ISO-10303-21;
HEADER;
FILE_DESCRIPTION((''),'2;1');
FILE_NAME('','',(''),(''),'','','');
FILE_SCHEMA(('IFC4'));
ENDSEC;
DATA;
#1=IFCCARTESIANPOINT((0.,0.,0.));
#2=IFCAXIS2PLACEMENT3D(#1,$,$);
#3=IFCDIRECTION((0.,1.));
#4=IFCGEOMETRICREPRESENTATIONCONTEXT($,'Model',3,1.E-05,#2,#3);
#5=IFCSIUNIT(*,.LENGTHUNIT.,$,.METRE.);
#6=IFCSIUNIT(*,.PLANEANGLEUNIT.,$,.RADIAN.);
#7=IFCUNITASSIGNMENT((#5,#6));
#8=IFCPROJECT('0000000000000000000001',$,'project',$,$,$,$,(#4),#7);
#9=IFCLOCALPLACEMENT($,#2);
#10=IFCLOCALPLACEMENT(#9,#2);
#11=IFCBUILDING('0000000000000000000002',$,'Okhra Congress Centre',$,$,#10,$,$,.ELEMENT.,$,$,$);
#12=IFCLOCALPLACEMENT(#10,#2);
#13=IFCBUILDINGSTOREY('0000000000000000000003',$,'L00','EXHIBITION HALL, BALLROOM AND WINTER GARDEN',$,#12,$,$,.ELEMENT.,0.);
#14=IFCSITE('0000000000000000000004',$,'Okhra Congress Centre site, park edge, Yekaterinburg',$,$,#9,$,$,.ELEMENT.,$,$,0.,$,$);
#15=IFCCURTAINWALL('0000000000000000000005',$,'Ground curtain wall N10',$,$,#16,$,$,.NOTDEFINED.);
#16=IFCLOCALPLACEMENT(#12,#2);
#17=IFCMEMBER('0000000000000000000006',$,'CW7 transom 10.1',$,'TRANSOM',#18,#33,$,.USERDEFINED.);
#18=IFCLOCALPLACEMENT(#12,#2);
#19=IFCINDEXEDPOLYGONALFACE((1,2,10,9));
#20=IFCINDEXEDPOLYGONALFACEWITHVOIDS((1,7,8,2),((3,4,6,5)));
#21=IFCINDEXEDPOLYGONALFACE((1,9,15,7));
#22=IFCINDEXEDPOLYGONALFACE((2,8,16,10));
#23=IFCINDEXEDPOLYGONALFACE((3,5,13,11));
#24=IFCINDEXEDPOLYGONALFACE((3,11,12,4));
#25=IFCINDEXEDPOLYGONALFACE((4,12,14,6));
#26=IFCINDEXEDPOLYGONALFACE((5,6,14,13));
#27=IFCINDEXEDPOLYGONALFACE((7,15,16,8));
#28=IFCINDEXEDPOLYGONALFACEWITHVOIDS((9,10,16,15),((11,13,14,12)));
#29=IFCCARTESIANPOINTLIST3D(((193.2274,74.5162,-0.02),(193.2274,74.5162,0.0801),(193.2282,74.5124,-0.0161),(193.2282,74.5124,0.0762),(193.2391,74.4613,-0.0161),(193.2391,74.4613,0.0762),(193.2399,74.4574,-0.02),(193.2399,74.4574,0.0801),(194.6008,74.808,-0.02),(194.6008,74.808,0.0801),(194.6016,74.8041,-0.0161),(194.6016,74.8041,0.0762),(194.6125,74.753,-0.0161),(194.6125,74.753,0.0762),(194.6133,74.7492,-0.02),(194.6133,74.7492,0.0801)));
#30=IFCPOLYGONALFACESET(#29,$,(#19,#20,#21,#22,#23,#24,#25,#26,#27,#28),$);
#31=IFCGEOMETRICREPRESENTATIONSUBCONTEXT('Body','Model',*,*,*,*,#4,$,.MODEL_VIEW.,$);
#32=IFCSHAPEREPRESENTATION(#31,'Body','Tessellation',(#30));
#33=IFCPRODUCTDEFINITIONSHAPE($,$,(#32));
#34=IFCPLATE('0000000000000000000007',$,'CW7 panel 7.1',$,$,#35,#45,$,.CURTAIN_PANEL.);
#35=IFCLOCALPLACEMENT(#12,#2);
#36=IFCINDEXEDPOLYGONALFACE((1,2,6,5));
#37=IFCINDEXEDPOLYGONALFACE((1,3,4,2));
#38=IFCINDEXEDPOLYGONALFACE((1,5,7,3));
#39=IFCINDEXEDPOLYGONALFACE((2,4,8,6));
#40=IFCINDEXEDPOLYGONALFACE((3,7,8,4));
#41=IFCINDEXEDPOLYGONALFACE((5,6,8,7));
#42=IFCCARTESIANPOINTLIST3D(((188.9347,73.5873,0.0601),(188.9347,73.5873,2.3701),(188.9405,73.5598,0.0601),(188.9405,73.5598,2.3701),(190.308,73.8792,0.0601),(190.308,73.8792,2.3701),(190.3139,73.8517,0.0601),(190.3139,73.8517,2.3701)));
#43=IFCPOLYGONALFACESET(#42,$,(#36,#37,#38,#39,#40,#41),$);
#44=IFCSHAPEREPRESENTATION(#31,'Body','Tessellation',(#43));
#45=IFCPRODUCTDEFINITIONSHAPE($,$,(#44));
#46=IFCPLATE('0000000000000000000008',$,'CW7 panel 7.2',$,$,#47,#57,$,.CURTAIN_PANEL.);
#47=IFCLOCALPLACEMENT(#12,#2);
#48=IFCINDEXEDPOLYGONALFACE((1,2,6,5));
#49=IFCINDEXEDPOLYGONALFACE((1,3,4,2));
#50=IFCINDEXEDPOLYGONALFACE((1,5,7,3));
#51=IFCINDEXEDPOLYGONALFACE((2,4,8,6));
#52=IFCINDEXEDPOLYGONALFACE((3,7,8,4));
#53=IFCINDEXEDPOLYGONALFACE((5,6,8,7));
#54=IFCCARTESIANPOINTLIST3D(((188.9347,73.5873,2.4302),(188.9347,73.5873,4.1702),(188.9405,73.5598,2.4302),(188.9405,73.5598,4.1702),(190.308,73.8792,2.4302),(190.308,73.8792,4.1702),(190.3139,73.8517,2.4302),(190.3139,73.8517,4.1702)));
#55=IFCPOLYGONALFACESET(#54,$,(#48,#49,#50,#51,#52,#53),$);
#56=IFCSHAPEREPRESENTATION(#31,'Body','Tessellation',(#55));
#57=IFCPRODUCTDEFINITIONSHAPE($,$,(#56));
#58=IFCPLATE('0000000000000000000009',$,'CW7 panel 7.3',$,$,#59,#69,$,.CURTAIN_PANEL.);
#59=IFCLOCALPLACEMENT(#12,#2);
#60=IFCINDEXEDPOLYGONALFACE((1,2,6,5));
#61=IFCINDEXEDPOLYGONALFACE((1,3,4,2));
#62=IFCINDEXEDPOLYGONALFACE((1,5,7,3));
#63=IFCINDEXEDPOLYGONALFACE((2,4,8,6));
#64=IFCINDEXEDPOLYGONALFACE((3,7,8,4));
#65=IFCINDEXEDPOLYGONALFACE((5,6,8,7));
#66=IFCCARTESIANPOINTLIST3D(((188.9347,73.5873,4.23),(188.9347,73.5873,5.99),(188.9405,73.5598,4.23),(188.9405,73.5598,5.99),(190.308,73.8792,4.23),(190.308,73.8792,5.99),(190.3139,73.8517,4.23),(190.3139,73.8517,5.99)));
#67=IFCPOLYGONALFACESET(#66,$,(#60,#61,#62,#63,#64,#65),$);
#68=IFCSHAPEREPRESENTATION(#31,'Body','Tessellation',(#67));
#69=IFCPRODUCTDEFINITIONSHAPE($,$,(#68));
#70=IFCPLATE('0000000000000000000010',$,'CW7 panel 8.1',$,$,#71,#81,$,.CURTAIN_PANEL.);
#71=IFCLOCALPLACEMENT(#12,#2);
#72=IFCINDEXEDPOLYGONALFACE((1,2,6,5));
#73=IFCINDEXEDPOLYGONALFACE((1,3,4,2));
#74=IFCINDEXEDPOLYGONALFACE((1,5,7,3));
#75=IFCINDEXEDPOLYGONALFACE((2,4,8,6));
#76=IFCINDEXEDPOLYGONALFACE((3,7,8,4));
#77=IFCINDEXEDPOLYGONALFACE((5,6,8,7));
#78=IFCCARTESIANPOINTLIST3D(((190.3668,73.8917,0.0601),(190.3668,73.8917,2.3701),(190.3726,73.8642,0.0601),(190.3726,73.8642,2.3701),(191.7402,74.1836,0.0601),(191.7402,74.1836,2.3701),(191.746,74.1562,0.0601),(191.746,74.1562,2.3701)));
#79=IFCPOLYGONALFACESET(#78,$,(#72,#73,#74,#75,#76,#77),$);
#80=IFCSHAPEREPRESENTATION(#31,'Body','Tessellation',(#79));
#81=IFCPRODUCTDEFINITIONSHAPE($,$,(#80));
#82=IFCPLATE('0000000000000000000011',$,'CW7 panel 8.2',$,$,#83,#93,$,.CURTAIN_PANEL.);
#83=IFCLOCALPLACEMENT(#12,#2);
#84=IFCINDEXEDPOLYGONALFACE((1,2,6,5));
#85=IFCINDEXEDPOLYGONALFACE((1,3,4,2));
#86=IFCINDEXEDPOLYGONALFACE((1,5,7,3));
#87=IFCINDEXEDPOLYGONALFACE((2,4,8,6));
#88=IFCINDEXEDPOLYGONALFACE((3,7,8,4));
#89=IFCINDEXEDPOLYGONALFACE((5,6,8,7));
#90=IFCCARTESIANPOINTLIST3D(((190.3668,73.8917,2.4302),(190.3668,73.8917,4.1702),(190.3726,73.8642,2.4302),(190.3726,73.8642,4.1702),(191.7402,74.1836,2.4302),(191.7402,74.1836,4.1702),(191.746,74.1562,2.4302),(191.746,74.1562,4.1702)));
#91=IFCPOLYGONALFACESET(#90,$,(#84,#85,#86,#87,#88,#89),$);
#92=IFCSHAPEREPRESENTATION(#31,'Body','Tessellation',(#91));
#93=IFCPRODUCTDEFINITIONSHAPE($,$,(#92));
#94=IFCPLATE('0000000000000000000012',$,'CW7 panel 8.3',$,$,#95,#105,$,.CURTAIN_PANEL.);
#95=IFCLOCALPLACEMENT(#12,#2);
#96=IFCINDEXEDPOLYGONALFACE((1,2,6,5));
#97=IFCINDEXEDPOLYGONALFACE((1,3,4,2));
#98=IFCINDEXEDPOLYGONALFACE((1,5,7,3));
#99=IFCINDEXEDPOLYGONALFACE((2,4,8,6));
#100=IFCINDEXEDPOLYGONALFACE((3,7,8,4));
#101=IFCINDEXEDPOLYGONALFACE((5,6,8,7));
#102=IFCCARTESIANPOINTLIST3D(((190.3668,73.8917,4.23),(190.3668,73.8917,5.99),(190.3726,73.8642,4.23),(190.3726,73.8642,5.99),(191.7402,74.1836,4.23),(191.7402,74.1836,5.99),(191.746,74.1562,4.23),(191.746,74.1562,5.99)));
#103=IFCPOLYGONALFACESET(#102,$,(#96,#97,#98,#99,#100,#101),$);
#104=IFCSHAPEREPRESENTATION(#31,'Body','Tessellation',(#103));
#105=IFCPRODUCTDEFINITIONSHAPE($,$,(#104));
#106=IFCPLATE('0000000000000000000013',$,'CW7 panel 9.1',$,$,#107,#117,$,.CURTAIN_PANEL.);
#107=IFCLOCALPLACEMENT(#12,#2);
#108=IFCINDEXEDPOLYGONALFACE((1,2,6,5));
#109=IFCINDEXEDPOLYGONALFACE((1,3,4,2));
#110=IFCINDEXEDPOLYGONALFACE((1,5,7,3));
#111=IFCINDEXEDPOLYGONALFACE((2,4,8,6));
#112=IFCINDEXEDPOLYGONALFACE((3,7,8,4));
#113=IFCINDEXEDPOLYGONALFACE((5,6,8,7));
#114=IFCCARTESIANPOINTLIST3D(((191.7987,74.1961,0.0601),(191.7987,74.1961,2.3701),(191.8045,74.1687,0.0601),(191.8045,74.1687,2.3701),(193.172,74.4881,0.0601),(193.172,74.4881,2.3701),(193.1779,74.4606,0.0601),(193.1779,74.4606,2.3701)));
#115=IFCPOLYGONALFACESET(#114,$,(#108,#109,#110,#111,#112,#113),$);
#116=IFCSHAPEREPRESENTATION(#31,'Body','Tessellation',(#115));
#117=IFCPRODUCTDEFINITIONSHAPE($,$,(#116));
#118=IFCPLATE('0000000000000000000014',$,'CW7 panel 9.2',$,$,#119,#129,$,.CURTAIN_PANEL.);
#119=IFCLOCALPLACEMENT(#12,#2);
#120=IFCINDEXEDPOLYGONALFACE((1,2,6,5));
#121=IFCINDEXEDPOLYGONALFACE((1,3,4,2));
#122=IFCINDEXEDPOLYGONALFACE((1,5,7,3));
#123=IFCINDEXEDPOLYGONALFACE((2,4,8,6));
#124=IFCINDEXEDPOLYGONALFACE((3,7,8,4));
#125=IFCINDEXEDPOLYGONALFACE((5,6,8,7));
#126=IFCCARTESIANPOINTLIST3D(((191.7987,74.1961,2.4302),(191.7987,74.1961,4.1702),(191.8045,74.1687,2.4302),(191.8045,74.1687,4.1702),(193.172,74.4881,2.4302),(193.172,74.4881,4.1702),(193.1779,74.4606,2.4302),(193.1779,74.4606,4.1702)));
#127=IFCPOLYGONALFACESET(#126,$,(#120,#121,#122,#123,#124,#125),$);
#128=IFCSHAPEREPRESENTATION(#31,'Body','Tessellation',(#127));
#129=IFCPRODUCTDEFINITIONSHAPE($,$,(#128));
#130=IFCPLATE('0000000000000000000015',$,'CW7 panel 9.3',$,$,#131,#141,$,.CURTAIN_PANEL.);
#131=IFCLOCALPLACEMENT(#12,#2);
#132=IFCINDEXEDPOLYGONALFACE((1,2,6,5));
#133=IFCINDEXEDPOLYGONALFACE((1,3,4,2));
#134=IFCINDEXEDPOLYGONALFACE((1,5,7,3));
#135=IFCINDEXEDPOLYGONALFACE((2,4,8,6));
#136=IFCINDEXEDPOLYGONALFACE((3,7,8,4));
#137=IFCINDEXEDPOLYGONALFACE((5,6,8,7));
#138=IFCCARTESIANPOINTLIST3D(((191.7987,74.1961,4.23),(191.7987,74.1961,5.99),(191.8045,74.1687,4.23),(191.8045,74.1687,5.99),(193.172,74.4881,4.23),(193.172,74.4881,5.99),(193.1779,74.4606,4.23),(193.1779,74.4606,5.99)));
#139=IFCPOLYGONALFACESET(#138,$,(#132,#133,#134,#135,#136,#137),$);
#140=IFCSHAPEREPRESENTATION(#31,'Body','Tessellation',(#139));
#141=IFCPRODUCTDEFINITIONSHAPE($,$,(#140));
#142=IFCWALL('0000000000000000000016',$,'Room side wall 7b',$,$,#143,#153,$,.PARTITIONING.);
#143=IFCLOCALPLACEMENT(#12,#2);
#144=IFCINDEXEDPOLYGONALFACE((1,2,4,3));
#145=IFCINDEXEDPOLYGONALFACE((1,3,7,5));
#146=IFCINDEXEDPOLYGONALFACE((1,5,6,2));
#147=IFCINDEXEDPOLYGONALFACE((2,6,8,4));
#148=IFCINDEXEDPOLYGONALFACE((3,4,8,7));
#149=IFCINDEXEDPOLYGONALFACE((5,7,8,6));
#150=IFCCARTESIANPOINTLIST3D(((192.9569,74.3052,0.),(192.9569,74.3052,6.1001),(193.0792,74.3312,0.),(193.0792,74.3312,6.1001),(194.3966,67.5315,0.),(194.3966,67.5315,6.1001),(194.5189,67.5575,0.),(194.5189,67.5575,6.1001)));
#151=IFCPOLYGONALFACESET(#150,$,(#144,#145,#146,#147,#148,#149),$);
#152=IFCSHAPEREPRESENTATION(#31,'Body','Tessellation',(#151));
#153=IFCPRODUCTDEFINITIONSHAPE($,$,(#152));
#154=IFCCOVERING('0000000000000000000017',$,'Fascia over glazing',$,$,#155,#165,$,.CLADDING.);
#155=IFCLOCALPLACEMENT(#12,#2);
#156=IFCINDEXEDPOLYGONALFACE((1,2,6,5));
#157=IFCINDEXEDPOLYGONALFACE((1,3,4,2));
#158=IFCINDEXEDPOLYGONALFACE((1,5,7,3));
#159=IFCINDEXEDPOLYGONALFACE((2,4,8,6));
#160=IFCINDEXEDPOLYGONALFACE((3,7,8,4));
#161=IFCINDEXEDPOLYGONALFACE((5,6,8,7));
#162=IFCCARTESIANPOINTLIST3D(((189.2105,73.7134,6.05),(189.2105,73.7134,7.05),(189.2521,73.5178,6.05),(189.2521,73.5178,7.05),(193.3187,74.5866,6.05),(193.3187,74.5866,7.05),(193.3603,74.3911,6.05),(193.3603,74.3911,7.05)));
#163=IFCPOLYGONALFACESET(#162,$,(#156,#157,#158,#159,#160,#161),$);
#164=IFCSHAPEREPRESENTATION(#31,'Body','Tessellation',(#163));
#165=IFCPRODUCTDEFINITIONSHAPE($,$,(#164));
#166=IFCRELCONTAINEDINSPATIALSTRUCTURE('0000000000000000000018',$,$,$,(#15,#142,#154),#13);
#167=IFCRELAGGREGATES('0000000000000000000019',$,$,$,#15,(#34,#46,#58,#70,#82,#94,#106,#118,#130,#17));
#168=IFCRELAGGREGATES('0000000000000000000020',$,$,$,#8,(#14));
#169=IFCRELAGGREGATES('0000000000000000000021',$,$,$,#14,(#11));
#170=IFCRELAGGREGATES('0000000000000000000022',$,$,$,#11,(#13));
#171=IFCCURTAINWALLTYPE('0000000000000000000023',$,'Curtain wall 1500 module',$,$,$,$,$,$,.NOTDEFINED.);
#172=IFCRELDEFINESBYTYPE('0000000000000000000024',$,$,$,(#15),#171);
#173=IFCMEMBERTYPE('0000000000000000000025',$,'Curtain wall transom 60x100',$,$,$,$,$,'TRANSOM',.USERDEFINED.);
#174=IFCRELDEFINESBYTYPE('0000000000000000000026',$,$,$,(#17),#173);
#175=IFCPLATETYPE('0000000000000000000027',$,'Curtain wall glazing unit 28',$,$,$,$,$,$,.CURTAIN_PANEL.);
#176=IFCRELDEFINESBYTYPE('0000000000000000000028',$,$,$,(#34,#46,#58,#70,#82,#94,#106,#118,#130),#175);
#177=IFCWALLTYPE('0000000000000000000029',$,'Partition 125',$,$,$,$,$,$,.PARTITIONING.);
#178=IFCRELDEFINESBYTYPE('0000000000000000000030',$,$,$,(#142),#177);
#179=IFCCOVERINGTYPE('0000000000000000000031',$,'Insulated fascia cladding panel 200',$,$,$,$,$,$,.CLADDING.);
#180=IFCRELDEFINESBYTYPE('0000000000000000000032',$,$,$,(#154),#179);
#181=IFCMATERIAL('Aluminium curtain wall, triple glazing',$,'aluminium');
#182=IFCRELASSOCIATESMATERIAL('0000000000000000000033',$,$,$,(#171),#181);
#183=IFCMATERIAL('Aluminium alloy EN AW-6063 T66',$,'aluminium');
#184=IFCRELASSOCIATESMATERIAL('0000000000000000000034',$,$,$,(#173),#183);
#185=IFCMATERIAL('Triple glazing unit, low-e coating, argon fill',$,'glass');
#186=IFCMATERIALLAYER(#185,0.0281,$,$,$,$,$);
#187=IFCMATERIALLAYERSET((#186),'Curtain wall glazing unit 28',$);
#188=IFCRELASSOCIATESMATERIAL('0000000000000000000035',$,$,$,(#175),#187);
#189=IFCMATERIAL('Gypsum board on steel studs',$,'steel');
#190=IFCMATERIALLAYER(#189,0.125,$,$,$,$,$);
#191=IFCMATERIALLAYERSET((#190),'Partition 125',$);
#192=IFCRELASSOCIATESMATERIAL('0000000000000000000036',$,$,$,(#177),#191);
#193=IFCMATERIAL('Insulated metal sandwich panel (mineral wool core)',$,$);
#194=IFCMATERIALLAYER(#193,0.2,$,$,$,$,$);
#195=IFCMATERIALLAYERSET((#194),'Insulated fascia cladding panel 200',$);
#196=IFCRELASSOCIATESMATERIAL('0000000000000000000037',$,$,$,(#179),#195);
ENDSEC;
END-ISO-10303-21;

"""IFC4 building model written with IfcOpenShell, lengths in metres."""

from ifc_helpers import new_model, si_unit, direction, frame, frame_2d, origin, origin_2d, place, context, subcontext, project, spatial, rectangle, hollow_rectangle, extrude, material, layer, layer_set, material_profile, profile_set, type_object, element, aggregate, save


model = new_model("IFC4")

# Units and contexts
model_context = context("Model", 3, precision=1e-05, world=origin(), true_north=direction((0.0, 1.0)))
body_context = subcontext(model_context, "Body", "Model", "MODEL_VIEW")
ifc_project = project(units=[si_unit("LENGTHUNIT", "METRE"), si_unit("PLANEANGLEUNIT", "RADIAN")], contexts=[model_context])

# Site, building, storey
site_placement = place(None, origin())
site = spatial("IfcSite", under=ifc_project, at=site_placement, Name="Okhra Congress Centre site, park edge, Yekaterinburg", CompositionType="ELEMENT", RefElevation=0.0)
building_placement = place(site_placement, origin())
building = spatial("IfcBuilding", under=site, at=building_placement, Name="Okhra Congress Centre", CompositionType="ELEMENT")
storey_placement = place(building_placement, origin())
storey = spatial("IfcBuildingStorey", under=building, at=storey_placement, Name="L00", Description="EXHIBITION HALL, BALLROOM AND WINTER GARDEN", CompositionType="ELEMENT", Elevation=0.0)

# Curtain wall, member, plates
ifc_material_1 = material(Name="Aluminium curtain wall, triple glazing", Category="aluminium")
curtain_wall_type = type_object("IfcCurtainWallType", Name="Curtain wall 1500 module", PredefinedType="NOTDEFINED", material=ifc_material_1)
curtain_wall_placement = place(storey_placement, origin())
curtain_wall = element("IfcCurtainWall", 1, at=curtain_wall_placement, inside=storey, type_object=curtain_wall_type, Name="Ground curtain wall N10", PredefinedType="NOTDEFINED")
ifc_material_2 = material(Name="Aluminium alloy EN AW-6063 T66", Category="aluminium")
ifc_material_profile_1 = material_profile(ifc_material_2, hollow_rectangle(XDim=0.0601, YDim=0.1001, WallThickness=0.0039, at=origin_2d()), Name="RHS 60x100x4")
ifc_profile_set_1 = profile_set([ifc_material_profile_1], Name="Aluminium alloy EN AW-6063 T66")
member_type_1 = type_object("IfcMemberType", Name="Curtain wall transom 60x100", ElementType="TRANSOM", PredefinedType="USERDEFINED", material=ifc_profile_set_1)
member_1_placement = place(storey_placement, frame((193.2336, 74.4868, 0.03), z_axis=(0.97817, 0.207807, 0.0), x_axis=(-0.207807, 0.97817, 0.0)))
member_1 = element("IfcMember", 2, at=member_1_placement, type_object=member_type_1, Name="CW7 transom 10.1", ObjectType="TRANSOM", PredefinedType="USERDEFINED", context=body_context, shape_type="SweptSolid", body=[
    extrude(hollow_rectangle(XDim=0.0601, YDim=0.1001, WallThickness=0.0039, at=origin_2d()), origin(), (0.0, 0.0, 1.0), 1.4041),
])
ifc_material_3 = material(Name="Triple glazing unit, low-e coating, argon fill", Category="glass")
ifc_layer_1 = layer(ifc_material_3, 0.0281)
ifc_layer_set_1 = layer_set([ifc_layer_1], Name="Curtain wall glazing unit 28")
plate_type = type_object("IfcPlateType", Name="Curtain wall glazing unit 28", PredefinedType="CURTAIN_PANEL", material=ifc_layer_set_1)
plate_1_placement = place(storey_placement, frame((189.6243, 73.7195, 0.0601), z_axis=(0.0, 0.0, 1.0), x_axis=(0.978148, 0.207912, 0.0)))
plate_1 = element("IfcPlate", 3, at=plate_1_placement, type_object=plate_type, Name="CW7 panel 7.1", PredefinedType="CURTAIN_PANEL", context=body_context, shape_type="SweptSolid", body=[
    extrude(rectangle(XDim=1.4041, YDim=0.0281, at=origin_2d()), origin(), (0.0, 0.0, 1.0), 2.3101),
])
plate_2_placement = place(storey_placement, frame((189.6243, 73.7195, 2.4302), z_axis=(0.0, 0.0, 1.0), x_axis=(0.978148, 0.207912, 0.0)))
plate_2 = element("IfcPlate", 4, at=plate_2_placement, type_object=plate_type, Name="CW7 panel 7.2", PredefinedType="CURTAIN_PANEL", context=body_context, shape_type="SweptSolid", body=[
    extrude(rectangle(XDim=1.4041, YDim=0.0281, at=origin_2d()), origin(), (0.0, 0.0, 1.0), 1.74),
])
plate_3_placement = place(storey_placement, frame((189.6243, 73.7195, 4.23), z_axis=(0.0, 0.0, 1.0), x_axis=(0.978148, 0.207912, 0.0)))
plate_3 = element("IfcPlate", 5, at=plate_3_placement, type_object=plate_type, Name="CW7 panel 7.3", PredefinedType="CURTAIN_PANEL", context=body_context, shape_type="SweptSolid", body=[
    extrude(rectangle(XDim=1.4041, YDim=0.0281, at=origin_2d()), origin(), (0.0, 0.0, 1.0), 1.76),
])
plate_4_placement = place(storey_placement, frame((191.0564, 74.0239, 0.0601), z_axis=(0.0, 0.0, 1.0), x_axis=(0.978148, 0.207912, 0.0)))
plate_4 = element("IfcPlate", 6, at=plate_4_placement, type_object=plate_type, Name="CW7 panel 8.1", PredefinedType="CURTAIN_PANEL", context=body_context, shape_type="SweptSolid", body=[
    extrude(rectangle(XDim=1.4041, YDim=0.0281, at=origin_2d()), origin(), (0.0, 0.0, 1.0), 2.3101),
])
plate_5_placement = place(storey_placement, frame((191.0564, 74.0239, 2.4302), z_axis=(0.0, 0.0, 1.0), x_axis=(0.978148, 0.207912, 0.0)))
plate_5 = element("IfcPlate", 7, at=plate_5_placement, type_object=plate_type, Name="CW7 panel 8.2", PredefinedType="CURTAIN_PANEL", context=body_context, shape_type="SweptSolid", body=[
    extrude(rectangle(XDim=1.4041, YDim=0.0281, at=origin_2d()), origin(), (0.0, 0.0, 1.0), 1.74),
])
plate_6_placement = place(storey_placement, frame((191.0564, 74.0239, 4.23), z_axis=(0.0, 0.0, 1.0), x_axis=(0.978148, 0.207912, 0.0)))
plate_6 = element("IfcPlate", 8, at=plate_6_placement, type_object=plate_type, Name="CW7 panel 8.3", PredefinedType="CURTAIN_PANEL", context=body_context, shape_type="SweptSolid", body=[
    extrude(rectangle(XDim=1.4041, YDim=0.0281, at=origin_2d()), origin(), (0.0, 0.0, 1.0), 1.76),
])
plate_7_placement = place(storey_placement, frame((192.4883, 74.3284, 0.0601), z_axis=(0.0, 0.0, 1.0), x_axis=(0.978148, 0.207912, 0.0)))
plate_7 = element("IfcPlate", 9, at=plate_7_placement, type_object=plate_type, Name="CW7 panel 9.1", PredefinedType="CURTAIN_PANEL", context=body_context, shape_type="SweptSolid", body=[
    extrude(rectangle(XDim=1.4041, YDim=0.0281, at=origin_2d()), origin(), (0.0, 0.0, 1.0), 2.3101),
])
plate_8_placement = place(storey_placement, frame((192.4883, 74.3284, 2.4302), z_axis=(0.0, 0.0, 1.0), x_axis=(0.978148, 0.207912, 0.0)))
plate_8 = element("IfcPlate", 10, at=plate_8_placement, type_object=plate_type, Name="CW7 panel 9.2", PredefinedType="CURTAIN_PANEL", context=body_context, shape_type="SweptSolid", body=[
    extrude(rectangle(XDim=1.4041, YDim=0.0281, at=origin_2d()), origin(), (0.0, 0.0, 1.0), 1.74),
])
plate_9_placement = place(storey_placement, frame((192.4883, 74.3284, 4.23), z_axis=(0.0, 0.0, 1.0), x_axis=(0.978148, 0.207912, 0.0)))
plate_9 = element("IfcPlate", 11, at=plate_9_placement, type_object=plate_type, Name="CW7 panel 9.3", PredefinedType="CURTAIN_PANEL", context=body_context, shape_type="SweptSolid", body=[
    extrude(rectangle(XDim=1.4041, YDim=0.0281, at=origin_2d()), origin(), (0.0, 0.0, 1.0), 1.76),
])
aggregate(curtain_wall, [plate_1, plate_2, plate_3, plate_4, plate_5, plate_6, plate_7, plate_8, plate_9, member_1])

# Wall
ifc_material_4 = material(Name="Gypsum board on steel studs", Category="steel")
ifc_layer_2 = layer(ifc_material_4, 0.125)
ifc_layer_set_2 = layer_set([ifc_layer_2], Name="Partition 125")
wall_type = type_object("IfcWallType", Name="Partition 125", PredefinedType="PARTITIONING", material=ifc_layer_set_2)
wall_placement = place(storey_placement, frame((193.0181, 74.3181, 0.0), z_axis=(0.0, 0.0, 1.0), x_axis=(0.207899, -0.97815, 0.0)))
element("IfcWall", 12, at=wall_placement, inside=storey, type_object=wall_type, Name="Room side wall 7b", PredefinedType="PARTITIONING", context=body_context, shape_type="SweptSolid", body=[
    extrude(rectangle(XDim=6.925, YDim=0.125, at=frame_2d((3.4624, 0.0))), origin(), (0.0, 0.0, 1.0), 6.1001),
])

# Covering
ifc_material_5 = material(Name="Insulated metal sandwich panel (mineral wool core)")
ifc_layer_3 = layer(ifc_material_5, 0.2)
ifc_layer_set_3 = layer_set([ifc_layer_3], Name="Insulated fascia cladding panel 200")
covering_type = type_object("IfcCoveringType", Name="Insulated fascia cladding panel 200", PredefinedType="CLADDING", material=ifc_layer_set_3)
covering_placement = place(storey_placement, frame((191.2854, 74.0522, 6.05), z_axis=(0.0, 0.0, 1.0), x_axis=(0.978148, 0.207912, 0.0)))
element("IfcCovering", 13, at=covering_placement, inside=storey, type_object=covering_type, Name="Fascia over glazing", PredefinedType="CLADDING", context=body_context, shape_type="SweptSolid", body=[
    extrude(rectangle(XDim=4.2, YDim=0.2, at=origin_2d()), origin(), (0.0, 0.0, 1.0), 1.0),
])

save(model, "model.ifc")
